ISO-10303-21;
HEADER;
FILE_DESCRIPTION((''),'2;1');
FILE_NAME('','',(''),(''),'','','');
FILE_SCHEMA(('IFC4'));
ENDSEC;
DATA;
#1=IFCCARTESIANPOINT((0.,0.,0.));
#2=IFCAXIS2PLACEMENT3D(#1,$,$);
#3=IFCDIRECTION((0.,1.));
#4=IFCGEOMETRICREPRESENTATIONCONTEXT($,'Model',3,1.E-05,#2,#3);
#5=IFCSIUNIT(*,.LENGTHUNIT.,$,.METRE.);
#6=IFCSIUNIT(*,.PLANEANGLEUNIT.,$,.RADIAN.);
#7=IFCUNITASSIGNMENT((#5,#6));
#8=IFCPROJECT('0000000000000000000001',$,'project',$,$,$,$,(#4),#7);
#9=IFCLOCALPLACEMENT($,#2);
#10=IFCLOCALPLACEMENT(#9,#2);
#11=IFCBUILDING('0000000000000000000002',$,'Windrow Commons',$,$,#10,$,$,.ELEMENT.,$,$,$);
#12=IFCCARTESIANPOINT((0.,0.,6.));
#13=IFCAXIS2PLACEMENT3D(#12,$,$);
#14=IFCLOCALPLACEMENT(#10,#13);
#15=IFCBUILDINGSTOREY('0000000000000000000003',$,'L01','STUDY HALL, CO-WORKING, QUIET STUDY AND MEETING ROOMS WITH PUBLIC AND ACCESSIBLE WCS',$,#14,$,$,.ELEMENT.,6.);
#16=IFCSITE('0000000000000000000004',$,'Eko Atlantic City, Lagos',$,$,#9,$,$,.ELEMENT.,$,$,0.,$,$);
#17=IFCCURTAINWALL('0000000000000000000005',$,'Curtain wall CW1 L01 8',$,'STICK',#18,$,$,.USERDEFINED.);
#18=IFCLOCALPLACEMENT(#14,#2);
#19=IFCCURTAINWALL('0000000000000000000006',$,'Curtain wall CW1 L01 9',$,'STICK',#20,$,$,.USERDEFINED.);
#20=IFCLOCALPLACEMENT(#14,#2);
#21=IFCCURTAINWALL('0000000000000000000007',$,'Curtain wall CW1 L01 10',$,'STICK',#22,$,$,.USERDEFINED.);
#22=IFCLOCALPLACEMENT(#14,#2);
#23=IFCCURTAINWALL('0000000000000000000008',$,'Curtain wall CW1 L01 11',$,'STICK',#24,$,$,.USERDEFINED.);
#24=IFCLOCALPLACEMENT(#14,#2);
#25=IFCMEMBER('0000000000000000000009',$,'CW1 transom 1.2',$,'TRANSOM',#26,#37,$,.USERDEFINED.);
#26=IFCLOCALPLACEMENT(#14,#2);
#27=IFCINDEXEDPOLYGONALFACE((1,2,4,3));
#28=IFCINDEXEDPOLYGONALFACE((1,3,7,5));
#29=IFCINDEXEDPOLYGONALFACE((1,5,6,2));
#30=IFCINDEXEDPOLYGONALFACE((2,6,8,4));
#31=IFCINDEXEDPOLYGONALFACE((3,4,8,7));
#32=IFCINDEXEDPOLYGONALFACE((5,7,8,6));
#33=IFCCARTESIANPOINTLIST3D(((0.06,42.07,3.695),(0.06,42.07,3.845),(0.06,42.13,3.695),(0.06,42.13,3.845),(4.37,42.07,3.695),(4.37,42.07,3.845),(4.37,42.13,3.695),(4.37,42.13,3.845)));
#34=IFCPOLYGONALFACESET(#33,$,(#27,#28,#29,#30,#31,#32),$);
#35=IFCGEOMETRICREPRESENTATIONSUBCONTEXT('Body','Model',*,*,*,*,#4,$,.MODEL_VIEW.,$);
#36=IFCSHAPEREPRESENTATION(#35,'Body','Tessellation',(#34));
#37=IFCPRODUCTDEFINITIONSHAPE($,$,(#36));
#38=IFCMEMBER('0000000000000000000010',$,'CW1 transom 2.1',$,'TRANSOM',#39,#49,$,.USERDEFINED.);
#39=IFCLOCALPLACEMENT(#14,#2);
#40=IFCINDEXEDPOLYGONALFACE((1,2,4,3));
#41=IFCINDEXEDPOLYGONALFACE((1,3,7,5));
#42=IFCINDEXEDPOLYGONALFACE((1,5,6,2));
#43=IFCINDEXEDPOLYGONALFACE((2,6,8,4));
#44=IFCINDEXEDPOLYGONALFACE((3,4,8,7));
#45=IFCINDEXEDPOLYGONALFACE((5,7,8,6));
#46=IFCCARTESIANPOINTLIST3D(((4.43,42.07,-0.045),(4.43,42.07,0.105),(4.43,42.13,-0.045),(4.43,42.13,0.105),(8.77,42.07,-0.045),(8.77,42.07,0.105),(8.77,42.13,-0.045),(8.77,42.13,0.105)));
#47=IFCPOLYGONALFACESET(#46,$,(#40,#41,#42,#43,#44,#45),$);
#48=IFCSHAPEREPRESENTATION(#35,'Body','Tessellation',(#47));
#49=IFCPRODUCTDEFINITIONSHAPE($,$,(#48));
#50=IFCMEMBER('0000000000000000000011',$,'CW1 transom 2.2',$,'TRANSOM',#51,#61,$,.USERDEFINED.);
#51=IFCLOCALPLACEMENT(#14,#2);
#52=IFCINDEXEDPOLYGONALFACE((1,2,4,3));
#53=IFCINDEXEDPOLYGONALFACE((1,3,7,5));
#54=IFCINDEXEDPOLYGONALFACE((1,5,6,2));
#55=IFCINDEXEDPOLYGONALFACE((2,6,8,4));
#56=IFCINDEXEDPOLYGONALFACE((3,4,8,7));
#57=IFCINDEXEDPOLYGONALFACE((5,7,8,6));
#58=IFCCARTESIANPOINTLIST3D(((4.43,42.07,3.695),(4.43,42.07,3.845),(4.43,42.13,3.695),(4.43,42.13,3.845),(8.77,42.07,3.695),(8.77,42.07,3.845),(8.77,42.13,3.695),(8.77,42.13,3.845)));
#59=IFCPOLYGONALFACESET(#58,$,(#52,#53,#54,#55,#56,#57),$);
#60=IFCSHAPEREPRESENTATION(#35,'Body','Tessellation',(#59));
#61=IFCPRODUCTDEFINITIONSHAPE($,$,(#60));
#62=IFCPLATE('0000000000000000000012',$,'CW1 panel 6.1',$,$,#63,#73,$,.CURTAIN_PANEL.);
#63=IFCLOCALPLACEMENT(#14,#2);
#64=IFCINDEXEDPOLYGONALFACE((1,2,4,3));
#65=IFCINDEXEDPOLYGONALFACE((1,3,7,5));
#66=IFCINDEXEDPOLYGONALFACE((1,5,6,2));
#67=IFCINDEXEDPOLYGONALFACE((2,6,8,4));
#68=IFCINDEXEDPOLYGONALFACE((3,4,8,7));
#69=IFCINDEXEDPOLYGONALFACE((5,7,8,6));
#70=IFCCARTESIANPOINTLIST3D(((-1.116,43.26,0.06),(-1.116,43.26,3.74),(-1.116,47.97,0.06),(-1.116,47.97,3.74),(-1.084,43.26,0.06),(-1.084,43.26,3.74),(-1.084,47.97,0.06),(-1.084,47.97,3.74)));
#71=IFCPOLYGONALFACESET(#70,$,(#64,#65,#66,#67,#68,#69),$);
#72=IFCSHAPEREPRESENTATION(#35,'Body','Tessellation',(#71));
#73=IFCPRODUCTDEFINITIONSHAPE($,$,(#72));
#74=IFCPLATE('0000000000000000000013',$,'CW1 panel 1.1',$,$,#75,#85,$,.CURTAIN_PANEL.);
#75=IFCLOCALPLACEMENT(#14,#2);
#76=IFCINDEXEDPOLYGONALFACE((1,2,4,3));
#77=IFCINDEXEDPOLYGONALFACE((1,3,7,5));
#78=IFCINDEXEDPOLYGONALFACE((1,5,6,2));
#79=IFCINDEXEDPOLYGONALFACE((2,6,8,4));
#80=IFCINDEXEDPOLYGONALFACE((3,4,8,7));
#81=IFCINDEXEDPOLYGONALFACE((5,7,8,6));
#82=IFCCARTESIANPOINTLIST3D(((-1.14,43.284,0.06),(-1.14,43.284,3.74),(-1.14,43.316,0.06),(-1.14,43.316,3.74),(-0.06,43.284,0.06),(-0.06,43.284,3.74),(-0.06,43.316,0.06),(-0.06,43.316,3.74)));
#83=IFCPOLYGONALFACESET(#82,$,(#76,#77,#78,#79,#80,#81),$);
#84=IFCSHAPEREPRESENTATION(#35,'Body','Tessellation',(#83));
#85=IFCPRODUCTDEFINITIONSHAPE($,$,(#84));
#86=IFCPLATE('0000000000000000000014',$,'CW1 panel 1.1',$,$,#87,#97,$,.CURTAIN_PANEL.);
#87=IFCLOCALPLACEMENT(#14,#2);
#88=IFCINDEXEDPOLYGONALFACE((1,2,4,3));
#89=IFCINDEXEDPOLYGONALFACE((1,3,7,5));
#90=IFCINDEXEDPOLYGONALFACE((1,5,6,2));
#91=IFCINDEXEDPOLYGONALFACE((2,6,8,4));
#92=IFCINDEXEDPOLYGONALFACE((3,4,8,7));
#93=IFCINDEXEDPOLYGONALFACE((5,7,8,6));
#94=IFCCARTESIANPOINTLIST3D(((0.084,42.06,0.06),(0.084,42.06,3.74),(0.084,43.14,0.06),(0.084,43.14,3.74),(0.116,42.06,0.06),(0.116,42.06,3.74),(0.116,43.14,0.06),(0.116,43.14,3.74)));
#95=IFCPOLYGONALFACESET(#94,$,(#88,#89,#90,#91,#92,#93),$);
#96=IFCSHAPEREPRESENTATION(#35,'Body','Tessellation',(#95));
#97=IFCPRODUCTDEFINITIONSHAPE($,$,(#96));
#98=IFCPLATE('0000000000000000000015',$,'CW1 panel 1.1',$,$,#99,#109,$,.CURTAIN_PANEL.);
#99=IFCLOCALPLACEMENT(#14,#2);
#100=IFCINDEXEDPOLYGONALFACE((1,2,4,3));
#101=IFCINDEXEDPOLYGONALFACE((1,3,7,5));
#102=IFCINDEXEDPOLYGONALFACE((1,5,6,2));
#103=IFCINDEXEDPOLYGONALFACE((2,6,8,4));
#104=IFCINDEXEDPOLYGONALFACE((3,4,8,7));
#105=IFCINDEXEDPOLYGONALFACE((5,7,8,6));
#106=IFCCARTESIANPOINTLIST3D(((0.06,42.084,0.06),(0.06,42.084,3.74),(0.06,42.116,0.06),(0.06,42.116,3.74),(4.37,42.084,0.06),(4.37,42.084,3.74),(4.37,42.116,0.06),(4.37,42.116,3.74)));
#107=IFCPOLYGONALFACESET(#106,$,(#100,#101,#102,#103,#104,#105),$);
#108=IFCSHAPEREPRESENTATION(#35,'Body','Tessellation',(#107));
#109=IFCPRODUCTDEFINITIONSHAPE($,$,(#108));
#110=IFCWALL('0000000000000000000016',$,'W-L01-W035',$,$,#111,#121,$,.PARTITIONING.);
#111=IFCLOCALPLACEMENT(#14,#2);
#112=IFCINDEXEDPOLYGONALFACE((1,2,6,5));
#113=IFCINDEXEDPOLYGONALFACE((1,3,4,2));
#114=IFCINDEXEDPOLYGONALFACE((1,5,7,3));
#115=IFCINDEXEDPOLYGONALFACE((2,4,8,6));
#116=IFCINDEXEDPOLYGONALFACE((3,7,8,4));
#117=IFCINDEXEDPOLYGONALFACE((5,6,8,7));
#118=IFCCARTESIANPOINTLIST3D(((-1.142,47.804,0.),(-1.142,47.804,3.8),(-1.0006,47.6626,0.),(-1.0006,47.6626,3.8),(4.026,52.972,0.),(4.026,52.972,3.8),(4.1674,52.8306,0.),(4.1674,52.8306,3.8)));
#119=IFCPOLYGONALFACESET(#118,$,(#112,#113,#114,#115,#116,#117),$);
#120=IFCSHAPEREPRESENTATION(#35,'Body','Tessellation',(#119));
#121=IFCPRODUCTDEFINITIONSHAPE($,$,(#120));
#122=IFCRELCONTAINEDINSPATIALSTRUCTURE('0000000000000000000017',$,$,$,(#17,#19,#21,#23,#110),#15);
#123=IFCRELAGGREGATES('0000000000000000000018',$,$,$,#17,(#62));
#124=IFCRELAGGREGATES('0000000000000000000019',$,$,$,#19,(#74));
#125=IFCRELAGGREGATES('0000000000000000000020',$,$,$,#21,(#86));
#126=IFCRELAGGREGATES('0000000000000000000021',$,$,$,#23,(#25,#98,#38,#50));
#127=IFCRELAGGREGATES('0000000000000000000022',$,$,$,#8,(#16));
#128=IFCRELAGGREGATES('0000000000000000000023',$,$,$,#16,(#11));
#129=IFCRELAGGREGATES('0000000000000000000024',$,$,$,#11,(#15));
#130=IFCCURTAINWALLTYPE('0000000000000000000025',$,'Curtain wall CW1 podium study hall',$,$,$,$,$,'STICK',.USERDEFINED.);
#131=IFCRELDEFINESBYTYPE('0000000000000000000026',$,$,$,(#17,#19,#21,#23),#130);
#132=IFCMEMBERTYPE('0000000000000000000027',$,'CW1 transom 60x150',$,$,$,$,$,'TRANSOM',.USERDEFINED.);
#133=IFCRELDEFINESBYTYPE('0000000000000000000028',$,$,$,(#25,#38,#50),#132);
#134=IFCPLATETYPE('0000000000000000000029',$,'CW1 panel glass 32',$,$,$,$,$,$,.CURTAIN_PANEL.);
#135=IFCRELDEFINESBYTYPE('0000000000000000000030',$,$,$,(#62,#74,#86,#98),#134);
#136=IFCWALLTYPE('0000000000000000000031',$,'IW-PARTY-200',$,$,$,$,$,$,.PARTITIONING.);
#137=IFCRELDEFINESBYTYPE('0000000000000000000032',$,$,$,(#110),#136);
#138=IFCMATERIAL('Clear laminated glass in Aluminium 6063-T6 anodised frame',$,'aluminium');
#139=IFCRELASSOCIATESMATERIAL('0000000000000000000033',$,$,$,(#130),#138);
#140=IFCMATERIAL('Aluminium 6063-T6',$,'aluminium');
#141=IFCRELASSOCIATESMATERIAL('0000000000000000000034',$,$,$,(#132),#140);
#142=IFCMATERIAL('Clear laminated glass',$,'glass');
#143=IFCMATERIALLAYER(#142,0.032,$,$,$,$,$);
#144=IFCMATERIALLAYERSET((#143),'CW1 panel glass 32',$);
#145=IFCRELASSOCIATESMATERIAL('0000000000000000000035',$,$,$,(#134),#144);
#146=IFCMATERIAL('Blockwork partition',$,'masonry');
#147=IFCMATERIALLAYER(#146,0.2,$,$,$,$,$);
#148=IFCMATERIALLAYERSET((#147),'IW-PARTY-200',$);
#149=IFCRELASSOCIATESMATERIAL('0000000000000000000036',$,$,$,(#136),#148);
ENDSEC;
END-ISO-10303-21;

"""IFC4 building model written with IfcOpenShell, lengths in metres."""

from ifc_helpers import new_model, si_unit, direction, frame, frame_2d, origin, origin_2d, place, context, subcontext, project, spatial, rectangle, extrude, material, layer, layer_set, material_profile, profile_set, type_object, element, aggregate, save


model = new_model("IFC4")

# Units and contexts
model_context = context("Model", 3, precision=1e-05, world=origin(), true_north=direction((0.0, 1.0)))
body_context = subcontext(model_context, "Body", "Model", "MODEL_VIEW")
ifc_project = project(units=[si_unit("LENGTHUNIT", "METRE"), si_unit("PLANEANGLEUNIT", "RADIAN")], contexts=[model_context])

# Site, building, storey
site_placement = place(None, origin())
site = spatial("IfcSite", under=ifc_project, at=site_placement, Name="Eko Atlantic City, Lagos", CompositionType="ELEMENT", RefElevation=0.0)
building_placement = place(site_placement, origin())
building = spatial("IfcBuilding", under=site, at=building_placement, Name="Windrow Commons", CompositionType="ELEMENT")
storey_placement = place(building_placement, frame((0.0, 0.0, 6.0)))
storey = spatial("IfcBuildingStorey", under=building, at=storey_placement, Name="L01", Description="STUDY HALL, CO-WORKING, QUIET STUDY AND MEETING ROOMS WITH PUBLIC AND ACCESSIBLE WCS", CompositionType="ELEMENT", Elevation=6.0)

# Curtain walls
ifc_material_1 = material(Name="Clear laminated glass in Aluminium 6063-T6 anodised frame", Category="aluminium")
curtain_wall_type = type_object("IfcCurtainWallType", Name="Curtain wall CW1 podium study hall", ElementType="STICK", PredefinedType="USERDEFINED", material=ifc_material_1)
placement = place(storey_placement, origin())
curtain_wall_1 = element("IfcCurtainWall", 1, at=placement, inside=storey, type_object=curtain_wall_type, Name="Curtain wall CW1 L01 8", ObjectType="STICK", PredefinedType="USERDEFINED")
curtain_wall_2 = element("IfcCurtainWall", 2, at=placement, inside=storey, type_object=curtain_wall_type, Name="Curtain wall CW1 L01 9", ObjectType="STICK", PredefinedType="USERDEFINED")
curtain_wall_3 = element("IfcCurtainWall", 3, at=placement, inside=storey, type_object=curtain_wall_type, Name="Curtain wall CW1 L01 10", ObjectType="STICK", PredefinedType="USERDEFINED")
curtain_wall_4 = element("IfcCurtainWall", 4, at=placement, inside=storey, type_object=curtain_wall_type, Name="Curtain wall CW1 L01 11", ObjectType="STICK", PredefinedType="USERDEFINED")

# Members
ifc_material_2 = material(Name="Aluminium 6063-T6", Category="aluminium")
ifc_material_profile_1 = material_profile(ifc_material_2, rectangle(XDim=0.06, YDim=0.15, at=origin_2d()))
ifc_profile_set_1 = profile_set([ifc_material_profile_1], Name="Aluminium 6063-T6")
member_type_1 = type_object("IfcMemberType", Name="CW1 transom 60x150", ElementType="TRANSOM", PredefinedType="USERDEFINED", material=ifc_profile_set_1)
member_1_placement = place(storey_placement, frame((0.06, 42.1, 3.77), z_axis=(1.0, 0.0, 0.0), x_axis=(0.0, 1.0, 0.0)))
member_1 = element("IfcMember", 5, at=member_1_placement, type_object=member_type_1, Name="CW1 transom 1.2", ObjectType="TRANSOM", PredefinedType="USERDEFINED", context=body_context, shape_type="SweptSolid", body=[
    extrude(rectangle(XDim=0.06, YDim=0.15, at=origin_2d()), origin(), (0.0, 0.0, 1.0), 4.31),
])
member_2_placement = place(storey_placement, frame((4.43, 42.1, 0.03), z_axis=(1.0, 0.0, 0.0), x_axis=(0.0, 1.0, 0.0)))
member_2 = element("IfcMember", 6, at=member_2_placement, type_object=member_type_1, Name="CW1 transom 2.1", ObjectType="TRANSOM", PredefinedType="USERDEFINED", context=body_context, shape_type="SweptSolid", body=[
    extrude(rectangle(XDim=0.06, YDim=0.15, at=origin_2d()), origin(), (0.0, 0.0, 1.0), 4.34),
])
member_3_placement = place(storey_placement, frame((4.43, 42.1, 3.77), z_axis=(1.0, 0.0, 0.0), x_axis=(0.0, 1.0, 0.0)))
member_3 = element("IfcMember", 7, at=member_3_placement, type_object=member_type_1, Name="CW1 transom 2.2", ObjectType="TRANSOM", PredefinedType="USERDEFINED", context=body_context, shape_type="SweptSolid", body=[
    extrude(rectangle(XDim=0.06, YDim=0.15, at=origin_2d()), origin(), (0.0, 0.0, 1.0), 4.34),
])

# Plates
ifc_material_3 = material(Name="Clear laminated glass", Category="glass")
ifc_layer_1 = layer(ifc_material_3, 0.032)
ifc_layer_set_1 = layer_set([ifc_layer_1], Name="CW1 panel glass 32")
plate_type = type_object("IfcPlateType", Name="CW1 panel glass 32", PredefinedType="CURTAIN_PANEL", material=ifc_layer_set_1)
plate_1_placement = place(storey_placement, frame((-1.1, 45.615, 0.06), z_axis=(0.0, 0.0, 1.0), x_axis=(0.0, -1.0, 0.0)))
plate_1 = element("IfcPlate", 8, at=plate_1_placement, type_object=plate_type, Name="CW1 panel 6.1", PredefinedType="CURTAIN_PANEL", context=body_context, shape_type="SweptSolid", body=[
    extrude(rectangle(XDim=4.71, YDim=0.032, at=origin_2d()), origin(), (0.0, 0.0, 1.0), 3.68),
])
aggregate(curtain_wall_1, [plate_1])
plate_2_placement = place(storey_placement, frame((-0.6, 43.3, 0.06), z_axis=(0.0, 0.0, 1.0), x_axis=(1.0, 0.0, 0.0)))
plate_2 = element("IfcPlate", 9, at=plate_2_placement, type_object=plate_type, Name="CW1 panel 1.1", PredefinedType="CURTAIN_PANEL", context=body_context, shape_type="SweptSolid", body=[
    extrude(rectangle(XDim=1.08, YDim=0.032, at=origin_2d()), origin(), (0.0, 0.0, 1.0), 3.68),
])
aggregate(curtain_wall_2, [plate_2])
plate_3_placement = place(storey_placement, frame((0.1, 42.6, 0.06), z_axis=(0.0, 0.0, 1.0), x_axis=(0.0, -1.0, 0.0)))
plate_3 = element("IfcPlate", 10, at=plate_3_placement, type_object=plate_type, Name="CW1 panel 1.1", PredefinedType="CURTAIN_PANEL", context=body_context, shape_type="SweptSolid", body=[
    extrude(rectangle(XDim=1.08, YDim=0.032, at=origin_2d()), origin(), (0.0, 0.0, 1.0), 3.68),
])
aggregate(curtain_wall_3, [plate_3])
plate_4_placement = place(storey_placement, frame((2.215, 42.1, 0.06), z_axis=(0.0, 0.0, 1.0), x_axis=(1.0, 0.0, 0.0)))
plate_4 = element("IfcPlate", 11, at=plate_4_placement, type_object=plate_type, Name="CW1 panel 1.1", PredefinedType="CURTAIN_PANEL", context=body_context, shape_type="SweptSolid", body=[
    extrude(rectangle(XDim=4.31, YDim=0.032, at=origin_2d()), origin(), (0.0, 0.0, 1.0), 3.68),
])
aggregate(curtain_wall_4, [member_1, plate_4, member_2, member_3])

# Wall
ifc_material_4 = material(Name="Blockwork partition", Category="masonry")
ifc_layer_2 = layer(ifc_material_4, 0.2)
ifc_layer_set_2 = layer_set([ifc_layer_2], Name="IW-PARTY-200")
wall_type = type_object("IfcWallType", Name="IW-PARTY-200", PredefinedType="PARTITIONING", material=ifc_layer_set_2)
wall_placement = place(storey_placement, frame((-1.0713, 47.7333, 0.0), z_axis=(0.0, 0.0, 1.0), x_axis=(0.707107, 0.707107, 0.0)))
element("IfcWall", 12, at=wall_placement, inside=storey, type_object=wall_type, Name="W-L01-W035", PredefinedType="PARTITIONING", context=body_context, shape_type="SweptSolid", body=[
    extrude(rectangle(XDim=7.3087, YDim=0.2, at=frame_2d((3.6543, 0.0))), origin(), (0.0, 0.0, 1.0), 3.8),
])

save(model, "model.ifc")
